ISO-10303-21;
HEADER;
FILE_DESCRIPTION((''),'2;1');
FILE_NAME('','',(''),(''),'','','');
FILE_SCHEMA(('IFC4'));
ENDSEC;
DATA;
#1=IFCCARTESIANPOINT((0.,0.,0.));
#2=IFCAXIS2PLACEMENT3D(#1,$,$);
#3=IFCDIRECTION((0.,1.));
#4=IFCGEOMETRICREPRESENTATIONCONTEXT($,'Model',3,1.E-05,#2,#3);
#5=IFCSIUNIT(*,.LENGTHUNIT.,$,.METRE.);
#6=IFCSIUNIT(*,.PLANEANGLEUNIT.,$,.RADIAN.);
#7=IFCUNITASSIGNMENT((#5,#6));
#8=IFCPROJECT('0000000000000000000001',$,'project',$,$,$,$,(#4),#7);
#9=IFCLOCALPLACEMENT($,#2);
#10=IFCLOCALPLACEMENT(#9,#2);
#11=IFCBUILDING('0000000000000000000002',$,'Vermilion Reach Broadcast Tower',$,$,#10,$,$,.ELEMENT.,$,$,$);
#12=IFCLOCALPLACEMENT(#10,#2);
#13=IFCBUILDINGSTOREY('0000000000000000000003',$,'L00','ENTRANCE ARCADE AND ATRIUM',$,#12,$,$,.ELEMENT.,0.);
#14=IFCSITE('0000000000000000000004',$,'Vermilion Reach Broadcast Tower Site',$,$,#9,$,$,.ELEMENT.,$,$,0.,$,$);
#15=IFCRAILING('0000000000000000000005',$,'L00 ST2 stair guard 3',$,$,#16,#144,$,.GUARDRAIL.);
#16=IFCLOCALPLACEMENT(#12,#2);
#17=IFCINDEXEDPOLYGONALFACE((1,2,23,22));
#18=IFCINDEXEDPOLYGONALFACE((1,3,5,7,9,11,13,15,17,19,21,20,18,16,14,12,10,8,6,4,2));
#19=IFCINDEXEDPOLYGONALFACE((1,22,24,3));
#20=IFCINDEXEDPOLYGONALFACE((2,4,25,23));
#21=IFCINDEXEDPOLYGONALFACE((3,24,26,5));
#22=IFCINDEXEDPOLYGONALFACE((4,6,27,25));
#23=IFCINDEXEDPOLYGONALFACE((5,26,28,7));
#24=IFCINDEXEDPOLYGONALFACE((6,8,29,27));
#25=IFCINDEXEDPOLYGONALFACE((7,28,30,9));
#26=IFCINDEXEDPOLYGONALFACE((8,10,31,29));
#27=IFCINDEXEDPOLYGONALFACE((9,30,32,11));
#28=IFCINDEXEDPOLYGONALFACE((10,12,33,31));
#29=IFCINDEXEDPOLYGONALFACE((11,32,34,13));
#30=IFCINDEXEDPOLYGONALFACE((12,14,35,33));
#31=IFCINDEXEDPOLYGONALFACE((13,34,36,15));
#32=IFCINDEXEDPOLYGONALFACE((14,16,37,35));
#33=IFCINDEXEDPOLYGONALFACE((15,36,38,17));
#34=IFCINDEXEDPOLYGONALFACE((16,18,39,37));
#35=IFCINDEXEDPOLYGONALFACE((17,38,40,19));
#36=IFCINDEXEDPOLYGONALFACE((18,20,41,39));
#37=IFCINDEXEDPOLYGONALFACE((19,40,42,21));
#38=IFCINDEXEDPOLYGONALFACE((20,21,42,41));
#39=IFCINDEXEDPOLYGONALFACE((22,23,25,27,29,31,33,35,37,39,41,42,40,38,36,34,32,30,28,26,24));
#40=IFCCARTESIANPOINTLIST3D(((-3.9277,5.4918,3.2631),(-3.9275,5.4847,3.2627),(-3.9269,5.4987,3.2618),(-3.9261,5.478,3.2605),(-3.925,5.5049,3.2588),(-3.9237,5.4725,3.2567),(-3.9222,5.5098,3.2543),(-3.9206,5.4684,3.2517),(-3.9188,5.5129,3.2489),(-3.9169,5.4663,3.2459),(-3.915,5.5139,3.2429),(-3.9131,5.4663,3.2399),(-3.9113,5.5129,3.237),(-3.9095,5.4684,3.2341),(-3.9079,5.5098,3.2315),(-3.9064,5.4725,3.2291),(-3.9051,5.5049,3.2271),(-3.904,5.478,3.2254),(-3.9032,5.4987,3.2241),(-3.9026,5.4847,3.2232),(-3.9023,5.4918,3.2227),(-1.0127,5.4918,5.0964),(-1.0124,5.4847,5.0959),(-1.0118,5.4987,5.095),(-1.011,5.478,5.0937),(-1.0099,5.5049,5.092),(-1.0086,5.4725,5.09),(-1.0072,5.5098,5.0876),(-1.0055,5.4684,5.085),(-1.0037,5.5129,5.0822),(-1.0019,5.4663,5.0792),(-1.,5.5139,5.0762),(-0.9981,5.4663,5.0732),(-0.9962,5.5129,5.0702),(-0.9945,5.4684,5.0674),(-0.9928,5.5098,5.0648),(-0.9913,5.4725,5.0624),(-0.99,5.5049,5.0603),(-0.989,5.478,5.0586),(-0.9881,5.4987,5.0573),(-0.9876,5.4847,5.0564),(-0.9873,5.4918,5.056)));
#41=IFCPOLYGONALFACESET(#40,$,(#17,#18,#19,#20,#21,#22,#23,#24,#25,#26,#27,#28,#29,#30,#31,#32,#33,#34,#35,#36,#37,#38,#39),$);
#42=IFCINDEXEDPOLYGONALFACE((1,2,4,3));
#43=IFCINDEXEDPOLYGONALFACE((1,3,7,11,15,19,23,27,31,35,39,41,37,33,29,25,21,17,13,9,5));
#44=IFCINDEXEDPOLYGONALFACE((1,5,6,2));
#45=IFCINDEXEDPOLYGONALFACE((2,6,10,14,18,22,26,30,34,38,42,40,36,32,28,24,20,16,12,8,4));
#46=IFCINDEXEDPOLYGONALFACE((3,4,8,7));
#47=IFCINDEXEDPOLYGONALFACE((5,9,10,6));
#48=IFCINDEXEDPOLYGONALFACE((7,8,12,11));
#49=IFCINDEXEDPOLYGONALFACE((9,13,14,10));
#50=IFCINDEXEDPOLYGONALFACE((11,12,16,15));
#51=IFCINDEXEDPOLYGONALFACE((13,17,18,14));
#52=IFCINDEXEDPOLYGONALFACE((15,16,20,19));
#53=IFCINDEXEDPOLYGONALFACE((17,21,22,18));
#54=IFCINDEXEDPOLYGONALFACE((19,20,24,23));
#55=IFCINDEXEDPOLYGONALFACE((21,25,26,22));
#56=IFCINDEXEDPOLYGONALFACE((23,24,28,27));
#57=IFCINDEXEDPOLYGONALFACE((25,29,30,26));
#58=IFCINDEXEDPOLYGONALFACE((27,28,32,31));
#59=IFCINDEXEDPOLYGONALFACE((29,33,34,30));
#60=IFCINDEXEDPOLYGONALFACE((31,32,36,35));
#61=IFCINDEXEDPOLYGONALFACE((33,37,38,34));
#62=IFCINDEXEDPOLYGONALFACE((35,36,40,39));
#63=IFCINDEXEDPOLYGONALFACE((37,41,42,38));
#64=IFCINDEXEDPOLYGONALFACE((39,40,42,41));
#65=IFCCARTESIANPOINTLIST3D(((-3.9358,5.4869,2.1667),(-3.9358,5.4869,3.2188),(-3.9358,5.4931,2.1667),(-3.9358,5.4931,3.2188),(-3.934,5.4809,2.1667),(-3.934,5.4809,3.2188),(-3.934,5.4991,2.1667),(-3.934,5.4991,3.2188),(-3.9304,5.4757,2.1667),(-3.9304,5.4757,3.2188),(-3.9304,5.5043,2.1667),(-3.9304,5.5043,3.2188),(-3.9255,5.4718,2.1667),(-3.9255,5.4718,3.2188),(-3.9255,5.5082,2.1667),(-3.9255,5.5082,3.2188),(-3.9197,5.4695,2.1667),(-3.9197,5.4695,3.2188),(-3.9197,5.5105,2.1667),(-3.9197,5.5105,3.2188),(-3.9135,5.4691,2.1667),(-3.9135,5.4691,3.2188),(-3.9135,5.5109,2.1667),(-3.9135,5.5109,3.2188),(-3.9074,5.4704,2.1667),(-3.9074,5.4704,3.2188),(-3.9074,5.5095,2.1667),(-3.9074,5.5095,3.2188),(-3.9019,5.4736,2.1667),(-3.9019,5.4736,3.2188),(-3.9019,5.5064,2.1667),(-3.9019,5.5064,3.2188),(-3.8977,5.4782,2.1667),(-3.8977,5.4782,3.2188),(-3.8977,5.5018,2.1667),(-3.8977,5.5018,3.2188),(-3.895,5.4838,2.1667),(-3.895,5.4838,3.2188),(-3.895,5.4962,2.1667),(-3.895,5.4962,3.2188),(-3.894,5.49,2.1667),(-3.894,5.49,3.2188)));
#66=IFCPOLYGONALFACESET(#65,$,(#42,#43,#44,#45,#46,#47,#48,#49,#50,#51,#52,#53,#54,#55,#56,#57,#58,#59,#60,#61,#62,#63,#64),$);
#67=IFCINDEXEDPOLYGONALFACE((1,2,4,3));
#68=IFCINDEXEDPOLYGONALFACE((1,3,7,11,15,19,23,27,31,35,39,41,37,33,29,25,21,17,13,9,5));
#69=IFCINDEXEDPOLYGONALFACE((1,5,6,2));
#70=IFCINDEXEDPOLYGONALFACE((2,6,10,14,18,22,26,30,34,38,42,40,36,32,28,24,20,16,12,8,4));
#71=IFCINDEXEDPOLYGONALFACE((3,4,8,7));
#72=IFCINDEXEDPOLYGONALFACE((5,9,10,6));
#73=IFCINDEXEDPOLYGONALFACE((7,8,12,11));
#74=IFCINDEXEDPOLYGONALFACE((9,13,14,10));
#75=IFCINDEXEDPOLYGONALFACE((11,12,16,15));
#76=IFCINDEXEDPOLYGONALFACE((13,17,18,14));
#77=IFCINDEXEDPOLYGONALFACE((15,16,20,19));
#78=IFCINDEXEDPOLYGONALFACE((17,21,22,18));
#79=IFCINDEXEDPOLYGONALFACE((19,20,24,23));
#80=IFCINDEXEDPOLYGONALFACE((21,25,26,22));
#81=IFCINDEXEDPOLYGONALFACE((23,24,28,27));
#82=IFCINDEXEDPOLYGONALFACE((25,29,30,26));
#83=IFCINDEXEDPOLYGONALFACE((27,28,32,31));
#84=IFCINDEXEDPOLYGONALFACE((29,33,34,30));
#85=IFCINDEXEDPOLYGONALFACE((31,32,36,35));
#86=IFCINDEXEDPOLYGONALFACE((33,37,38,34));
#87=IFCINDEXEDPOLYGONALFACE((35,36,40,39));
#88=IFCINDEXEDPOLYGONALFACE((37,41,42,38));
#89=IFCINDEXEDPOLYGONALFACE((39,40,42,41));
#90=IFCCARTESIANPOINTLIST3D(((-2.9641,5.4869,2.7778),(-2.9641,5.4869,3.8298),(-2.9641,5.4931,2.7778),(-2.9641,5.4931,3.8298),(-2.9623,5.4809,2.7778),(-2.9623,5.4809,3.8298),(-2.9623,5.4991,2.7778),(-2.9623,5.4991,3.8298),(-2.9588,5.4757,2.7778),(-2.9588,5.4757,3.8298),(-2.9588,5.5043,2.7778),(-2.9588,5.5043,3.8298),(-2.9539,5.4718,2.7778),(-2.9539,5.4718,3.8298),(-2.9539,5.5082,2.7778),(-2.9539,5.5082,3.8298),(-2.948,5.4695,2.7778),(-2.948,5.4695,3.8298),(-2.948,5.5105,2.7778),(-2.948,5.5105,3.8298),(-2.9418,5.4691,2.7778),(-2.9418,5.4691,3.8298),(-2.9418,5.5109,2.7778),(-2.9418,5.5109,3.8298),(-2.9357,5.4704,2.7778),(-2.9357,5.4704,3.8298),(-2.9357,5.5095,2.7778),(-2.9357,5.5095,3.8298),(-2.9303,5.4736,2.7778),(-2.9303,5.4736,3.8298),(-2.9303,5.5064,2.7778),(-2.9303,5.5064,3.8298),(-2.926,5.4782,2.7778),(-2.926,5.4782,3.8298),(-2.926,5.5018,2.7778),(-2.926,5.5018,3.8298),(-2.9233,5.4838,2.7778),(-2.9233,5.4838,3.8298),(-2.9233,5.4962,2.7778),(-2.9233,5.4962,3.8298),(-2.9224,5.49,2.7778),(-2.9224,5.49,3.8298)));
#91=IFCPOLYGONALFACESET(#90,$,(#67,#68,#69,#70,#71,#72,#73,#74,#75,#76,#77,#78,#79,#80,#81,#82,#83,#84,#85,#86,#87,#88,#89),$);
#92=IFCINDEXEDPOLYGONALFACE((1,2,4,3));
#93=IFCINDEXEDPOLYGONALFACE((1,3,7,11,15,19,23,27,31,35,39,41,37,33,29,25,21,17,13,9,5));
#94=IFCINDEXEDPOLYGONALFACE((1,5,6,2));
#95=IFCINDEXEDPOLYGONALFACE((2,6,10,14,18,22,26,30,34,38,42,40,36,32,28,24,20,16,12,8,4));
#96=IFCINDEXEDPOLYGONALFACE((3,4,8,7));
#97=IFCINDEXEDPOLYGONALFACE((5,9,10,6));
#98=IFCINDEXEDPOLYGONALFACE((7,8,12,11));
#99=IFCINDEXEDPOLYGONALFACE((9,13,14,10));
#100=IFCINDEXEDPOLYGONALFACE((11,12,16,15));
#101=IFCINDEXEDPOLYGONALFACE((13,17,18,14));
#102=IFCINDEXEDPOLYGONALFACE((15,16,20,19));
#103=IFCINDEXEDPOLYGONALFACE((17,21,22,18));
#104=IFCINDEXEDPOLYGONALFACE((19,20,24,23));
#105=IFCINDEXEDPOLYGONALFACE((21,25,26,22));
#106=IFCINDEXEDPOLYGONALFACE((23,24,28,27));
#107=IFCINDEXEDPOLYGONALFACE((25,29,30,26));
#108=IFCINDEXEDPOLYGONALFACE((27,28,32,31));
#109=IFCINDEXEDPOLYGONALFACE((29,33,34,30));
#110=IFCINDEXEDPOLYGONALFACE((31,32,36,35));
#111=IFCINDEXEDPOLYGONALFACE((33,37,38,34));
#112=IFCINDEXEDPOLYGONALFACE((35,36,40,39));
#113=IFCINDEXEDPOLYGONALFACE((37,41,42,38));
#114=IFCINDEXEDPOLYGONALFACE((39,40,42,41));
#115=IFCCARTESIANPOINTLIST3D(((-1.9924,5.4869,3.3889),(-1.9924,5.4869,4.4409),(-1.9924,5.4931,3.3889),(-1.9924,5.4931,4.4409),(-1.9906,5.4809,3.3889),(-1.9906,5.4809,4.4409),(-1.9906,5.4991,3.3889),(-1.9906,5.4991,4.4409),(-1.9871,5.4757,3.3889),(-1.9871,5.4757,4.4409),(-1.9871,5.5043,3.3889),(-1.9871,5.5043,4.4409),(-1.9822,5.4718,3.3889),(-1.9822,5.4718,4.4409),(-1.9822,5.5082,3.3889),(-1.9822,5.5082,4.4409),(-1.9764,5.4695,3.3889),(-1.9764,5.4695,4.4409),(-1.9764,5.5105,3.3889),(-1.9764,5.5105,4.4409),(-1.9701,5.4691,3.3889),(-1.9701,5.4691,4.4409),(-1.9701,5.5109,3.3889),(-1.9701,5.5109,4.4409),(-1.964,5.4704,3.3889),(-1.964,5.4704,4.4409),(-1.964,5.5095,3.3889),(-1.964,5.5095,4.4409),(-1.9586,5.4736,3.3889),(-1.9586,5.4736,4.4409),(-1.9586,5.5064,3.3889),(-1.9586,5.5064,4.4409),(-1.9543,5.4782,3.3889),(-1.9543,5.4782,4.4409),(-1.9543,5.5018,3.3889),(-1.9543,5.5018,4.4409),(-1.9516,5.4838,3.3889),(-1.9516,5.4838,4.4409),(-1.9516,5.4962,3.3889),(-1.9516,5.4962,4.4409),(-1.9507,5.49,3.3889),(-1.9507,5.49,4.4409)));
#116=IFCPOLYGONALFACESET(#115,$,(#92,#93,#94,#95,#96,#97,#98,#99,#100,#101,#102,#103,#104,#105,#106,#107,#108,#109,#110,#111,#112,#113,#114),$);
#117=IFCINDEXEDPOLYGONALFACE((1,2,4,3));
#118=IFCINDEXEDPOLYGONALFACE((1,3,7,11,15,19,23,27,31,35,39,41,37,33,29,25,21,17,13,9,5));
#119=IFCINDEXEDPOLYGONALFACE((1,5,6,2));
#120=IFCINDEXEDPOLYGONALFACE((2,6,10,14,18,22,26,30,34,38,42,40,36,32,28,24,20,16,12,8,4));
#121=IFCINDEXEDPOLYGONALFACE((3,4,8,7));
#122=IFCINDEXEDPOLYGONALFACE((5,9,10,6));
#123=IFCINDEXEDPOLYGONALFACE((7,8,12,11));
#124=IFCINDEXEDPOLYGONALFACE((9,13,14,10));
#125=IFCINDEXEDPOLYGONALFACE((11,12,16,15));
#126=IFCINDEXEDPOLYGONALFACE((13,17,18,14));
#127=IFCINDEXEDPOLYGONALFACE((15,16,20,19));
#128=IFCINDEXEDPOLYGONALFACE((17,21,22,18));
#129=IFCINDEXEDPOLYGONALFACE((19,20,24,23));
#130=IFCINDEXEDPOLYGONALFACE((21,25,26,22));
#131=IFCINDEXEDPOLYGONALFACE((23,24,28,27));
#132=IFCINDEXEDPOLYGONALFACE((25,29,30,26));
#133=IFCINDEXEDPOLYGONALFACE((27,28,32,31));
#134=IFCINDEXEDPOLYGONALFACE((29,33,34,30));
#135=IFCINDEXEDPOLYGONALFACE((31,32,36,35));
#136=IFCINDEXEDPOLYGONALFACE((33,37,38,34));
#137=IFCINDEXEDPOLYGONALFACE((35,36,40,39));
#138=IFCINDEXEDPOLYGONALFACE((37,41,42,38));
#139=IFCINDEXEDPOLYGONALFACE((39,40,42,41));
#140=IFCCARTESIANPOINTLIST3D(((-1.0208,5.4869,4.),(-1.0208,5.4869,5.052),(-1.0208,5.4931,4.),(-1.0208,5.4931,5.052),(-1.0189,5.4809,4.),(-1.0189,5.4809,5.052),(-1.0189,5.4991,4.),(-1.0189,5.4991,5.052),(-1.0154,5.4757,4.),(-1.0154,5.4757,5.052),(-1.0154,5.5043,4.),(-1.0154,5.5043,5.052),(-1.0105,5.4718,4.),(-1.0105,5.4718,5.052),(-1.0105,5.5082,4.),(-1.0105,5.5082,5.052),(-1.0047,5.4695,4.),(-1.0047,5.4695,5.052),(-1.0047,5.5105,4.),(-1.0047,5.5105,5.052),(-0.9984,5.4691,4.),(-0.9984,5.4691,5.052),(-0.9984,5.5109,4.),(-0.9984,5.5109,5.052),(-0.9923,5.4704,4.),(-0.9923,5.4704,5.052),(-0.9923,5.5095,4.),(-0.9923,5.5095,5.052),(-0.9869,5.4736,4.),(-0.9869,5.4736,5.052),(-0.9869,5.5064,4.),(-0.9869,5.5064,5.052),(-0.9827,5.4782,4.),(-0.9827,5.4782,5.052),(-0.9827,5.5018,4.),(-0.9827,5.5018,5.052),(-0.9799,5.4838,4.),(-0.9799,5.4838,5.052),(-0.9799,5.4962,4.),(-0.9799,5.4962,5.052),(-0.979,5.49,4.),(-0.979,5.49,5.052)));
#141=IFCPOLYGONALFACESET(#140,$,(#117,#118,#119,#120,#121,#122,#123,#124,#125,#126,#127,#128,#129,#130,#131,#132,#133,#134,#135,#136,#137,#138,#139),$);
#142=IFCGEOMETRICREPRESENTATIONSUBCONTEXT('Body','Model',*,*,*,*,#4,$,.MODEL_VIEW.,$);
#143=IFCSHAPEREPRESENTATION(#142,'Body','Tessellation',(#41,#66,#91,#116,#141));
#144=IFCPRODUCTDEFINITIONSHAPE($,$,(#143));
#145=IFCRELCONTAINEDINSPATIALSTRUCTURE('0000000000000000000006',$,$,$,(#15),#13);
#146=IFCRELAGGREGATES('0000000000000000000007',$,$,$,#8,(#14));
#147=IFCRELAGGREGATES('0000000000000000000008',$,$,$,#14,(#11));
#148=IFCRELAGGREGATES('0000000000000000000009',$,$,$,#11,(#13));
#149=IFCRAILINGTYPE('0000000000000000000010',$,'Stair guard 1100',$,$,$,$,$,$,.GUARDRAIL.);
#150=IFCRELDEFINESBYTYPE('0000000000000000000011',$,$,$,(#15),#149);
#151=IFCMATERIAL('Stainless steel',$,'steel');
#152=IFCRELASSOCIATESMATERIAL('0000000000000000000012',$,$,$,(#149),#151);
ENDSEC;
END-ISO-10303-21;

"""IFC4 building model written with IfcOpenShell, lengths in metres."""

from ifc_helpers import new_model, si_unit, direction, frame, origin, origin_2d, place, context, subcontext, project, spatial, circle, extrude, material, type_object, element, save


model = new_model("IFC4")

# Units and contexts
model_context = context("Model", 3, precision=1e-05, world=origin(), true_north=direction((0.0, 1.0)))
body_context = subcontext(model_context, "Body", "Model", "MODEL_VIEW")
ifc_project = project(units=[si_unit("LENGTHUNIT", "METRE"), si_unit("PLANEANGLEUNIT", "RADIAN")], contexts=[model_context])

# Site, building, storey
site_placement = place(None, origin())
site = spatial("IfcSite", under=ifc_project, at=site_placement, Name="Vermilion Reach Broadcast Tower Site", CompositionType="ELEMENT", RefElevation=0.0)
building_placement = place(site_placement, origin())
building = spatial("IfcBuilding", under=site, at=building_placement, Name="Vermilion Reach Broadcast Tower", CompositionType="ELEMENT")
storey_placement = place(building_placement, origin())
storey = spatial("IfcBuildingStorey", under=building, at=storey_placement, Name="L00", Description="ENTRANCE ARCADE AND ATRIUM", CompositionType="ELEMENT", Elevation=0.0)

# Railing
ifc_material_1 = material(Name="Stainless steel", Category="steel")
railing_type_1 = type_object("IfcRailingType", Name="Stair guard 1100", PredefinedType="GUARDRAIL", material=ifc_material_1)
railing_1_placement = place(storey_placement, frame((-3.915, 5.49, 2.1667)))
element("IfcRailing", 1, at=railing_1_placement, inside=storey, type_object=railing_type_1, Name="L00 ST2 stair guard 3", PredefinedType="GUARDRAIL", context=body_context, shape_type="SweptSolid", body=[
    extrude(circle(Radius=0.0239, at=origin_2d()), frame((0.0, 0.0, 1.0762), z_axis=(0.846513, 0.0, 0.532368), x_axis=(0.0, 1.0, 0.0)), (0.0, 0.0, 1.0), 3.4436),
    extrude(circle(Radius=0.021, at=origin_2d()), origin(), (0.0, 0.0, 1.0), 1.052),
    extrude(circle(Radius=0.021, at=origin_2d()), frame((0.9717, 0.0, 0.6111)), (0.0, 0.0, 1.0), 1.052),
    extrude(circle(Radius=0.021, at=origin_2d()), frame((1.9434, 0.0, 1.2222)), (0.0, 0.0, 1.0), 1.052),
    extrude(circle(Radius=0.021, at=origin_2d()), frame((2.915, 0.0, 1.8333)), (0.0, 0.0, 1.0), 1.052),
])

save(model, "model.ifc")
